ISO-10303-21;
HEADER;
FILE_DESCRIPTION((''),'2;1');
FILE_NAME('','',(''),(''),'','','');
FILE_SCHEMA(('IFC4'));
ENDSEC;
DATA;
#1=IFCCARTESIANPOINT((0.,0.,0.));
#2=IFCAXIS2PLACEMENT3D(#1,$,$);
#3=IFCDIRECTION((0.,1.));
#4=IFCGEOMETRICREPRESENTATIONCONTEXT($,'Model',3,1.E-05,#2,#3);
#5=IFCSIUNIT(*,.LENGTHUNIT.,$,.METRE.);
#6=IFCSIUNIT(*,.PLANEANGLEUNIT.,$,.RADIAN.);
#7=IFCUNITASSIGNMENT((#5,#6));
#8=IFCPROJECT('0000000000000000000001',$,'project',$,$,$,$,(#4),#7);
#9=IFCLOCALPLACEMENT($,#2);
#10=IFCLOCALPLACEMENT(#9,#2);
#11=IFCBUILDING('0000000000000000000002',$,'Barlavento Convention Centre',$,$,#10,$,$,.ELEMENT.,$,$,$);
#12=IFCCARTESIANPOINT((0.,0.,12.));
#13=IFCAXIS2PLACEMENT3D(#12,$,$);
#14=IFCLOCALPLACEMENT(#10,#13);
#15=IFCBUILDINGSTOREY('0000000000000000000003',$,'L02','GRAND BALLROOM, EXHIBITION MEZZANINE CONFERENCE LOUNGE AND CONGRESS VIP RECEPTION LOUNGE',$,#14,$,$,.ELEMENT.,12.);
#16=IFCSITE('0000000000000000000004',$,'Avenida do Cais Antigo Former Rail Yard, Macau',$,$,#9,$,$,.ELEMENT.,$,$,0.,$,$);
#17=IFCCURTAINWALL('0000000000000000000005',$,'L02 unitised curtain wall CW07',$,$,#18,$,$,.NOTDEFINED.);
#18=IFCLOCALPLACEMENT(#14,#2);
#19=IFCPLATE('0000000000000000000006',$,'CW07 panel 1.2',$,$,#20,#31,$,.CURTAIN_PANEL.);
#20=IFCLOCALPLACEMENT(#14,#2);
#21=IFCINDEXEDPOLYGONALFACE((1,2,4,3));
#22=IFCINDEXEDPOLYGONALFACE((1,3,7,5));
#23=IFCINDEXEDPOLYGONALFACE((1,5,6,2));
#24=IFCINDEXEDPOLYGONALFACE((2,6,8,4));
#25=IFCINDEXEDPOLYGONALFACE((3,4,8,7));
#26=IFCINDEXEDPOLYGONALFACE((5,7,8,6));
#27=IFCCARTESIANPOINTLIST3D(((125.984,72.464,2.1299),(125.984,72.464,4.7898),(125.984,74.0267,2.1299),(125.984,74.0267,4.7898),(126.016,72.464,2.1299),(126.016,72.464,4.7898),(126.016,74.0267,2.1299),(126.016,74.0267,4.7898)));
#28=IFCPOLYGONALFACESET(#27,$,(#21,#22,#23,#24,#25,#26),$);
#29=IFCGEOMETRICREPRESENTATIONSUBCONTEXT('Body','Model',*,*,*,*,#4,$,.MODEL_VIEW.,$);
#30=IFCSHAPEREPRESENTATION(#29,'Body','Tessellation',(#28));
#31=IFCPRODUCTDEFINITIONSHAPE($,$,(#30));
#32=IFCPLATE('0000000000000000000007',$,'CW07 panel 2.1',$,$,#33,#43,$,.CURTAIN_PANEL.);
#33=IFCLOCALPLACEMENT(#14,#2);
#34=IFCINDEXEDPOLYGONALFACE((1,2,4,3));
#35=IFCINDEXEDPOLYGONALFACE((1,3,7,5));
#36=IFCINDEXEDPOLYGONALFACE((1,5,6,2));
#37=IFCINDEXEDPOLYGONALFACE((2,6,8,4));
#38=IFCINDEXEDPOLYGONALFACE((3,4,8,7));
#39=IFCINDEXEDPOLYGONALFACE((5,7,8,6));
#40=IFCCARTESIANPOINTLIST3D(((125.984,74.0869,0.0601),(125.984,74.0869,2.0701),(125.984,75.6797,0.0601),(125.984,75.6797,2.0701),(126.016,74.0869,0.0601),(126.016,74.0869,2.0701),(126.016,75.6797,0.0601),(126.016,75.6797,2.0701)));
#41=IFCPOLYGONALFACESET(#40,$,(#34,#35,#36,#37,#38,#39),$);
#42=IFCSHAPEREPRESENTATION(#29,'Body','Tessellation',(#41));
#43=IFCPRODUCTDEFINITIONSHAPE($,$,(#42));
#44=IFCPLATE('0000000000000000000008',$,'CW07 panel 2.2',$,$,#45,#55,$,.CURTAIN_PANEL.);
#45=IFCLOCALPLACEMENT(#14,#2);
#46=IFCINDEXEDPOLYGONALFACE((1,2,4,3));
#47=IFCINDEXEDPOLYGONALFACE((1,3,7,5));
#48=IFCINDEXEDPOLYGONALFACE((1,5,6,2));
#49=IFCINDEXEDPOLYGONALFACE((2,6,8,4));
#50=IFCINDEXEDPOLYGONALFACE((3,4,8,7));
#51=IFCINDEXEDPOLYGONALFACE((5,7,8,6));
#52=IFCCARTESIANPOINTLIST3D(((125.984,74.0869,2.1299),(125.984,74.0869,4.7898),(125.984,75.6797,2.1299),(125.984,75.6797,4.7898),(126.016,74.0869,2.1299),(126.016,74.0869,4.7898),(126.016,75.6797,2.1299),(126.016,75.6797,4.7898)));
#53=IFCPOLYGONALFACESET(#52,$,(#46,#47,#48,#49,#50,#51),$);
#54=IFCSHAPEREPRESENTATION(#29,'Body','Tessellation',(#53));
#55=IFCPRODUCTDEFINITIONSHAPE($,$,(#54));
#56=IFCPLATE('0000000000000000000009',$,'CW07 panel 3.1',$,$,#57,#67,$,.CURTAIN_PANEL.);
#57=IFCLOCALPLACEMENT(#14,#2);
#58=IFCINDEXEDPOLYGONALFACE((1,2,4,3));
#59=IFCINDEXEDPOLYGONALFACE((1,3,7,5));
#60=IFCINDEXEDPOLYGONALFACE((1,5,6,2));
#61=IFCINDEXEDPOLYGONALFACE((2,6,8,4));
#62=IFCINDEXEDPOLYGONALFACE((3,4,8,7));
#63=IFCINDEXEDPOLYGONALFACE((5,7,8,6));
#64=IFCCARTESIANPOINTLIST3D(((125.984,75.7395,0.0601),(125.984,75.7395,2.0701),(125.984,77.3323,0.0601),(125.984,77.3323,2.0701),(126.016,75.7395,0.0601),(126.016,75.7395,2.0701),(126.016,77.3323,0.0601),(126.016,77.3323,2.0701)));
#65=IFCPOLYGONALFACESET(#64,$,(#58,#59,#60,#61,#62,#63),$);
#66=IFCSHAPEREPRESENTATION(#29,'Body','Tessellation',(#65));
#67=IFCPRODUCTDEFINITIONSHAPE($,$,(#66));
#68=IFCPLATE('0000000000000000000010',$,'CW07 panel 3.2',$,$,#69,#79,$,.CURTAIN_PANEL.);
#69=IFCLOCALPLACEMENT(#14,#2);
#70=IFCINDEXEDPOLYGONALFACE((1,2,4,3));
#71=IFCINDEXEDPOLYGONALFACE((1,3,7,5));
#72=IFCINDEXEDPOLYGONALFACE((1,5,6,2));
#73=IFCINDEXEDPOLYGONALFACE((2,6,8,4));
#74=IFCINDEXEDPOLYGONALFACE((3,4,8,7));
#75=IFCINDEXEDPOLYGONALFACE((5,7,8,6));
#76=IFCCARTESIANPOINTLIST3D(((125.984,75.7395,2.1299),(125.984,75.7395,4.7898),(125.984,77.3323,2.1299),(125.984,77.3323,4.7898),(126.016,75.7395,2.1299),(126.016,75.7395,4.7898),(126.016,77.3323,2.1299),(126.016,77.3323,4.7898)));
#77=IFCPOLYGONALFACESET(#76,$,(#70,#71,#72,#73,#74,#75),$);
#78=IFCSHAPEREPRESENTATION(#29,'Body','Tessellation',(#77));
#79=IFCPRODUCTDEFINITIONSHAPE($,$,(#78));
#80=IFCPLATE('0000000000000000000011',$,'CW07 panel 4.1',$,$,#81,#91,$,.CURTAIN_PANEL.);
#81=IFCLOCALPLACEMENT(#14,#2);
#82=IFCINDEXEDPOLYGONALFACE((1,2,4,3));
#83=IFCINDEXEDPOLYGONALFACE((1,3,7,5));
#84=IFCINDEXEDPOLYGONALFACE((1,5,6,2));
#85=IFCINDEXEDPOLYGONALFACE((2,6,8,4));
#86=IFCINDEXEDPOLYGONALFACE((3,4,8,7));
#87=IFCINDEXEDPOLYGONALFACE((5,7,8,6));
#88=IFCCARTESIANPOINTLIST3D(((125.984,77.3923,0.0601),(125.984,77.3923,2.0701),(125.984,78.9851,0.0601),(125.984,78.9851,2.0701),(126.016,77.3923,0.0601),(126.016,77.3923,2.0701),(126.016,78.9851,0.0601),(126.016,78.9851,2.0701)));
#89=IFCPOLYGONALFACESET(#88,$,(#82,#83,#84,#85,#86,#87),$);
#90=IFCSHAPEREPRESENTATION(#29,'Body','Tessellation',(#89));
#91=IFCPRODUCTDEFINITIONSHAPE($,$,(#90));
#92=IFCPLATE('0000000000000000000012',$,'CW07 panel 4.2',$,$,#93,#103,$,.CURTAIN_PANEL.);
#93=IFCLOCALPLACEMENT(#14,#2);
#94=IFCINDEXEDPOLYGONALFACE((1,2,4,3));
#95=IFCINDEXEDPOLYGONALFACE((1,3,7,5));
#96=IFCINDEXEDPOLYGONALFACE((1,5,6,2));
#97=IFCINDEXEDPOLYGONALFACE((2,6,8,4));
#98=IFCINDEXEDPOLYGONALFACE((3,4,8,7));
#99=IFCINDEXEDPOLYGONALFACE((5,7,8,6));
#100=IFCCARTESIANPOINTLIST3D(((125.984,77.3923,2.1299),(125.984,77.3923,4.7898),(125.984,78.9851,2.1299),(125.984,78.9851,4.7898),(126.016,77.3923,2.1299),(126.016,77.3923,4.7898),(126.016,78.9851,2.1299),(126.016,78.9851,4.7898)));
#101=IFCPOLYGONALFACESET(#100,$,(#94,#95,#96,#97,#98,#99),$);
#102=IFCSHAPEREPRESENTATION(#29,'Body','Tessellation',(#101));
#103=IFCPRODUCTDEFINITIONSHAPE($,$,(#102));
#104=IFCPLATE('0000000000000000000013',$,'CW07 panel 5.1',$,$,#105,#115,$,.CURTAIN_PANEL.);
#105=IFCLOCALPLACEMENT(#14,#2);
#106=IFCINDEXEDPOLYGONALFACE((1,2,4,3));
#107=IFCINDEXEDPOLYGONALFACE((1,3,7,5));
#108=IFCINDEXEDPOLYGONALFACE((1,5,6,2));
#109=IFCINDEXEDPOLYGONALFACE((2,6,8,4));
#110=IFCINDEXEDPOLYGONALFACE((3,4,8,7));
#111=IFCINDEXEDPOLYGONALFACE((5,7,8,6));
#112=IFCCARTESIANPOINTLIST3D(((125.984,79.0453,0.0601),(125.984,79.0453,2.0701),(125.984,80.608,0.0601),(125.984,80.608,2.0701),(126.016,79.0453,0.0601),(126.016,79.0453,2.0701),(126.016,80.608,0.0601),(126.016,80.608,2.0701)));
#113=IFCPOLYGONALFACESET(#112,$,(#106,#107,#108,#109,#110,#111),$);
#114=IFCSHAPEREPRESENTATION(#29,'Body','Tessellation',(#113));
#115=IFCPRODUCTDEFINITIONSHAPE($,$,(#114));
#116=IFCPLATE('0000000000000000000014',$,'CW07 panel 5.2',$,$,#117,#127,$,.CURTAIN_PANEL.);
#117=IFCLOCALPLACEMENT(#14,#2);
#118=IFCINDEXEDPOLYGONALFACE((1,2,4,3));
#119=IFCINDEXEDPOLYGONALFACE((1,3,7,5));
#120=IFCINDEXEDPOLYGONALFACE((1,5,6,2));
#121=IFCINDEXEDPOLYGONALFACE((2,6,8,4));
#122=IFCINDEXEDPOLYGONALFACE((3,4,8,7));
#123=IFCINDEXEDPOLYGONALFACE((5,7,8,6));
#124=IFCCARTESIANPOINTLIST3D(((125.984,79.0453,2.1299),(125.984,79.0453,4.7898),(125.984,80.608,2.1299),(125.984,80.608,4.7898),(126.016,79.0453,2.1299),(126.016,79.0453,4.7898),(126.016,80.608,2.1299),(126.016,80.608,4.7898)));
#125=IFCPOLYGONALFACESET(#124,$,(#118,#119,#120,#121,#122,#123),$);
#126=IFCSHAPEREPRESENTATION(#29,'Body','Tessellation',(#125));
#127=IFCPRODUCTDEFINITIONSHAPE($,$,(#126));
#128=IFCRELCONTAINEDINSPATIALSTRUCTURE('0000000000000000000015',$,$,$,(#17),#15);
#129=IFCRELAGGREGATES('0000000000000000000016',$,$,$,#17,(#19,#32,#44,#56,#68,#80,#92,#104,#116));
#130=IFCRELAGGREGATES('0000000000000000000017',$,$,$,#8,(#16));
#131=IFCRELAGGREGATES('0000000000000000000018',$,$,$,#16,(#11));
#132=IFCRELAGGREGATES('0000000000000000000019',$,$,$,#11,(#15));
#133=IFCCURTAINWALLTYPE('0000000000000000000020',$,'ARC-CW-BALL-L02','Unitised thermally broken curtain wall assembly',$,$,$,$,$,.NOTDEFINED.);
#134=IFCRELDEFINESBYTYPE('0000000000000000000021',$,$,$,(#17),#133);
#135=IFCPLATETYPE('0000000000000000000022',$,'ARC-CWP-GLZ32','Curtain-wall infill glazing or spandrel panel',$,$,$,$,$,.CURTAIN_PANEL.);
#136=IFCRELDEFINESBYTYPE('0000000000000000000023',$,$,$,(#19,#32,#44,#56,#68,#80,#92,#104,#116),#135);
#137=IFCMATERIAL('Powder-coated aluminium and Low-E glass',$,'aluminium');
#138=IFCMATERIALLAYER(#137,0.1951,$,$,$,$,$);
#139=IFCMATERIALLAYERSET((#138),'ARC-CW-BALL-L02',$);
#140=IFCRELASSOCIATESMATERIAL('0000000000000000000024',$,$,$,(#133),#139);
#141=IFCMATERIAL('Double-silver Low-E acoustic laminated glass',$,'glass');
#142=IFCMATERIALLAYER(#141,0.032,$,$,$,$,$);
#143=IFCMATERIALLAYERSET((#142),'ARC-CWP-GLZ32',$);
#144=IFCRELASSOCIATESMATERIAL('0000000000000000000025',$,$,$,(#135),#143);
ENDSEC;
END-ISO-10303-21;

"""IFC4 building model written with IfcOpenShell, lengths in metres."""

from ifc_helpers import new_model, si_unit, direction, frame, origin, origin_2d, place, context, subcontext, project, spatial, rectangle, extrude, material, layer, layer_set, type_object, element, aggregate, save


model = new_model("IFC4")

# Units and contexts
model_context = context("Model", 3, precision=1e-05, world=origin(), true_north=direction((0.0, 1.0)))
body_context = subcontext(model_context, "Body", "Model", "MODEL_VIEW")
ifc_project = project(units=[si_unit("LENGTHUNIT", "METRE"), si_unit("PLANEANGLEUNIT", "RADIAN")], contexts=[model_context])

# Site, building, storey
site_placement = place(None, origin())
site = spatial("IfcSite", under=ifc_project, at=site_placement, Name="Avenida do Cais Antigo Former Rail Yard, Macau", CompositionType="ELEMENT", RefElevation=0.0)
building_placement = place(site_placement, origin())
building = spatial("IfcBuilding", under=site, at=building_placement, Name="Barlavento Convention Centre", CompositionType="ELEMENT")
storey_placement = place(building_placement, frame((0.0, 0.0, 12.0)))
storey = spatial("IfcBuildingStorey", under=building, at=storey_placement, Name="L02", Description="GRAND BALLROOM, EXHIBITION MEZZANINE CONFERENCE LOUNGE AND CONGRESS VIP RECEPTION LOUNGE", CompositionType="ELEMENT", Elevation=12.0)

# Shared definitions
ifc_material_1 = material(Name="Powder-coated aluminium and Low-E glass", Category="aluminium")

# Curtain wall
ifc_layer_1 = layer(ifc_material_1, 0.1951)
ifc_layer_set_1 = layer_set([ifc_layer_1], Name="ARC-CW-BALL-L02")
curtain_wall_type_1 = type_object("IfcCurtainWallType", Name="ARC-CW-BALL-L02", Description="Unitised thermally broken curtain wall assembly", PredefinedType="NOTDEFINED", material=ifc_layer_set_1)
curtain_wall_1_placement = place(storey_placement, origin())
curtain_wall_1 = element("IfcCurtainWall", 1, at=curtain_wall_1_placement, inside=storey, type_object=curtain_wall_type_1, Name="L02 unitised curtain wall CW07", PredefinedType="NOTDEFINED")

# Plates
ifc_material_2 = material(Name="Double-silver Low-E acoustic laminated glass", Category="glass")
ifc_layer_2 = layer(ifc_material_2, 0.032)
ifc_layer_set_2 = layer_set([ifc_layer_2], Name="ARC-CWP-GLZ32")
plate_type_1 = type_object("IfcPlateType", Name="ARC-CWP-GLZ32", Description="Curtain-wall infill glazing or spandrel panel", PredefinedType="CURTAIN_PANEL", material=ifc_layer_set_2)
plate_1_placement = place(storey_placement, frame((126.0, 73.2454, 2.1299), z_axis=(0.0, 0.0, 1.0), x_axis=(0.0, 1.0, 0.0)))
plate_1 = element("IfcPlate", 2, at=plate_1_placement, type_object=plate_type_1, Name="CW07 panel 1.2", PredefinedType="CURTAIN_PANEL", context=body_context, shape_type="SweptSolid", body=[
    extrude(rectangle(XDim=1.5627, YDim=0.032, at=origin_2d()), origin(), (0.0, 0.0, 1.0), 2.6599),
])
plate_2_placement = place(storey_placement, frame((126.0, 74.8833, 0.0601), z_axis=(0.0, 0.0, 1.0), x_axis=(0.0, 1.0, 0.0)))
plate_2 = element("IfcPlate", 3, at=plate_2_placement, type_object=plate_type_1, Name="CW07 panel 2.1", PredefinedType="CURTAIN_PANEL", context=body_context, shape_type="SweptSolid", body=[
    extrude(rectangle(XDim=1.5928, YDim=0.032, at=origin_2d()), origin(), (0.0, 0.0, 1.0), 2.01),
])
plate_3_placement = place(storey_placement, frame((126.0, 74.8833, 2.1299), z_axis=(0.0, 0.0, 1.0), x_axis=(0.0, 1.0, 0.0)))
plate_3 = element("IfcPlate", 4, at=plate_3_placement, type_object=plate_type_1, Name="CW07 panel 2.2", PredefinedType="CURTAIN_PANEL", context=body_context, shape_type="SweptSolid", body=[
    extrude(rectangle(XDim=1.5928, YDim=0.032, at=origin_2d()), origin(), (0.0, 0.0, 1.0), 2.6599),
])
plate_4_placement = place(storey_placement, frame((126.0, 76.5359, 0.0601), z_axis=(0.0, 0.0, 1.0), x_axis=(0.0, 1.0, 0.0)))
plate_4 = element("IfcPlate", 5, at=plate_4_placement, type_object=plate_type_1, Name="CW07 panel 3.1", PredefinedType="CURTAIN_PANEL", context=body_context, shape_type="SweptSolid", body=[
    extrude(rectangle(XDim=1.5928, YDim=0.032, at=origin_2d()), origin(), (0.0, 0.0, 1.0), 2.01),
])
plate_5_placement = place(storey_placement, frame((126.0, 76.5359, 2.1299), z_axis=(0.0, 0.0, 1.0), x_axis=(0.0, 1.0, 0.0)))
plate_5 = element("IfcPlate", 6, at=plate_5_placement, type_object=plate_type_1, Name="CW07 panel 3.2", PredefinedType="CURTAIN_PANEL", context=body_context, shape_type="SweptSolid", body=[
    extrude(rectangle(XDim=1.5928, YDim=0.032, at=origin_2d()), origin(), (0.0, 0.0, 1.0), 2.6599),
])
plate_6_placement = place(storey_placement, frame((126.0, 78.1887, 0.0601), z_axis=(0.0, 0.0, 1.0), x_axis=(0.0, 1.0, 0.0)))
plate_6 = element("IfcPlate", 7, at=plate_6_placement, type_object=plate_type_1, Name="CW07 panel 4.1", PredefinedType="CURTAIN_PANEL", context=body_context, shape_type="SweptSolid", body=[
    extrude(rectangle(XDim=1.5928, YDim=0.032, at=origin_2d()), origin(), (0.0, 0.0, 1.0), 2.01),
])
plate_7_placement = place(storey_placement, frame((126.0, 78.1887, 2.1299), z_axis=(0.0, 0.0, 1.0), x_axis=(0.0, 1.0, 0.0)))
plate_7 = element("IfcPlate", 8, at=plate_7_placement, type_object=plate_type_1, Name="CW07 panel 4.2", PredefinedType="CURTAIN_PANEL", context=body_context, shape_type="SweptSolid", body=[
    extrude(rectangle(XDim=1.5928, YDim=0.032, at=origin_2d()), origin(), (0.0, 0.0, 1.0), 2.6599),
])
plate_8_placement = place(storey_placement, frame((126.0, 79.8267, 0.0601), z_axis=(0.0, 0.0, 1.0), x_axis=(0.0, 1.0, 0.0)))
plate_8 = element("IfcPlate", 9, at=plate_8_placement, type_object=plate_type_1, Name="CW07 panel 5.1", PredefinedType="CURTAIN_PANEL", context=body_context, shape_type="SweptSolid", body=[
    extrude(rectangle(XDim=1.5627, YDim=0.032, at=origin_2d()), origin(), (0.0, 0.0, 1.0), 2.01),
])
plate_9_placement = place(storey_placement, frame((126.0, 79.8267, 2.1299), z_axis=(0.0, 0.0, 1.0), x_axis=(0.0, 1.0, 0.0)))
plate_9 = element("IfcPlate", 10, at=plate_9_placement, type_object=plate_type_1, Name="CW07 panel 5.2", PredefinedType="CURTAIN_PANEL", context=body_context, shape_type="SweptSolid", body=[
    extrude(rectangle(XDim=1.5627, YDim=0.032, at=origin_2d()), origin(), (0.0, 0.0, 1.0), 2.6599),
])
aggregate(curtain_wall_1, [plate_1, plate_2, plate_3, plate_4, plate_5, plate_6, plate_7, plate_8, plate_9])

save(model, "model.ifc")
